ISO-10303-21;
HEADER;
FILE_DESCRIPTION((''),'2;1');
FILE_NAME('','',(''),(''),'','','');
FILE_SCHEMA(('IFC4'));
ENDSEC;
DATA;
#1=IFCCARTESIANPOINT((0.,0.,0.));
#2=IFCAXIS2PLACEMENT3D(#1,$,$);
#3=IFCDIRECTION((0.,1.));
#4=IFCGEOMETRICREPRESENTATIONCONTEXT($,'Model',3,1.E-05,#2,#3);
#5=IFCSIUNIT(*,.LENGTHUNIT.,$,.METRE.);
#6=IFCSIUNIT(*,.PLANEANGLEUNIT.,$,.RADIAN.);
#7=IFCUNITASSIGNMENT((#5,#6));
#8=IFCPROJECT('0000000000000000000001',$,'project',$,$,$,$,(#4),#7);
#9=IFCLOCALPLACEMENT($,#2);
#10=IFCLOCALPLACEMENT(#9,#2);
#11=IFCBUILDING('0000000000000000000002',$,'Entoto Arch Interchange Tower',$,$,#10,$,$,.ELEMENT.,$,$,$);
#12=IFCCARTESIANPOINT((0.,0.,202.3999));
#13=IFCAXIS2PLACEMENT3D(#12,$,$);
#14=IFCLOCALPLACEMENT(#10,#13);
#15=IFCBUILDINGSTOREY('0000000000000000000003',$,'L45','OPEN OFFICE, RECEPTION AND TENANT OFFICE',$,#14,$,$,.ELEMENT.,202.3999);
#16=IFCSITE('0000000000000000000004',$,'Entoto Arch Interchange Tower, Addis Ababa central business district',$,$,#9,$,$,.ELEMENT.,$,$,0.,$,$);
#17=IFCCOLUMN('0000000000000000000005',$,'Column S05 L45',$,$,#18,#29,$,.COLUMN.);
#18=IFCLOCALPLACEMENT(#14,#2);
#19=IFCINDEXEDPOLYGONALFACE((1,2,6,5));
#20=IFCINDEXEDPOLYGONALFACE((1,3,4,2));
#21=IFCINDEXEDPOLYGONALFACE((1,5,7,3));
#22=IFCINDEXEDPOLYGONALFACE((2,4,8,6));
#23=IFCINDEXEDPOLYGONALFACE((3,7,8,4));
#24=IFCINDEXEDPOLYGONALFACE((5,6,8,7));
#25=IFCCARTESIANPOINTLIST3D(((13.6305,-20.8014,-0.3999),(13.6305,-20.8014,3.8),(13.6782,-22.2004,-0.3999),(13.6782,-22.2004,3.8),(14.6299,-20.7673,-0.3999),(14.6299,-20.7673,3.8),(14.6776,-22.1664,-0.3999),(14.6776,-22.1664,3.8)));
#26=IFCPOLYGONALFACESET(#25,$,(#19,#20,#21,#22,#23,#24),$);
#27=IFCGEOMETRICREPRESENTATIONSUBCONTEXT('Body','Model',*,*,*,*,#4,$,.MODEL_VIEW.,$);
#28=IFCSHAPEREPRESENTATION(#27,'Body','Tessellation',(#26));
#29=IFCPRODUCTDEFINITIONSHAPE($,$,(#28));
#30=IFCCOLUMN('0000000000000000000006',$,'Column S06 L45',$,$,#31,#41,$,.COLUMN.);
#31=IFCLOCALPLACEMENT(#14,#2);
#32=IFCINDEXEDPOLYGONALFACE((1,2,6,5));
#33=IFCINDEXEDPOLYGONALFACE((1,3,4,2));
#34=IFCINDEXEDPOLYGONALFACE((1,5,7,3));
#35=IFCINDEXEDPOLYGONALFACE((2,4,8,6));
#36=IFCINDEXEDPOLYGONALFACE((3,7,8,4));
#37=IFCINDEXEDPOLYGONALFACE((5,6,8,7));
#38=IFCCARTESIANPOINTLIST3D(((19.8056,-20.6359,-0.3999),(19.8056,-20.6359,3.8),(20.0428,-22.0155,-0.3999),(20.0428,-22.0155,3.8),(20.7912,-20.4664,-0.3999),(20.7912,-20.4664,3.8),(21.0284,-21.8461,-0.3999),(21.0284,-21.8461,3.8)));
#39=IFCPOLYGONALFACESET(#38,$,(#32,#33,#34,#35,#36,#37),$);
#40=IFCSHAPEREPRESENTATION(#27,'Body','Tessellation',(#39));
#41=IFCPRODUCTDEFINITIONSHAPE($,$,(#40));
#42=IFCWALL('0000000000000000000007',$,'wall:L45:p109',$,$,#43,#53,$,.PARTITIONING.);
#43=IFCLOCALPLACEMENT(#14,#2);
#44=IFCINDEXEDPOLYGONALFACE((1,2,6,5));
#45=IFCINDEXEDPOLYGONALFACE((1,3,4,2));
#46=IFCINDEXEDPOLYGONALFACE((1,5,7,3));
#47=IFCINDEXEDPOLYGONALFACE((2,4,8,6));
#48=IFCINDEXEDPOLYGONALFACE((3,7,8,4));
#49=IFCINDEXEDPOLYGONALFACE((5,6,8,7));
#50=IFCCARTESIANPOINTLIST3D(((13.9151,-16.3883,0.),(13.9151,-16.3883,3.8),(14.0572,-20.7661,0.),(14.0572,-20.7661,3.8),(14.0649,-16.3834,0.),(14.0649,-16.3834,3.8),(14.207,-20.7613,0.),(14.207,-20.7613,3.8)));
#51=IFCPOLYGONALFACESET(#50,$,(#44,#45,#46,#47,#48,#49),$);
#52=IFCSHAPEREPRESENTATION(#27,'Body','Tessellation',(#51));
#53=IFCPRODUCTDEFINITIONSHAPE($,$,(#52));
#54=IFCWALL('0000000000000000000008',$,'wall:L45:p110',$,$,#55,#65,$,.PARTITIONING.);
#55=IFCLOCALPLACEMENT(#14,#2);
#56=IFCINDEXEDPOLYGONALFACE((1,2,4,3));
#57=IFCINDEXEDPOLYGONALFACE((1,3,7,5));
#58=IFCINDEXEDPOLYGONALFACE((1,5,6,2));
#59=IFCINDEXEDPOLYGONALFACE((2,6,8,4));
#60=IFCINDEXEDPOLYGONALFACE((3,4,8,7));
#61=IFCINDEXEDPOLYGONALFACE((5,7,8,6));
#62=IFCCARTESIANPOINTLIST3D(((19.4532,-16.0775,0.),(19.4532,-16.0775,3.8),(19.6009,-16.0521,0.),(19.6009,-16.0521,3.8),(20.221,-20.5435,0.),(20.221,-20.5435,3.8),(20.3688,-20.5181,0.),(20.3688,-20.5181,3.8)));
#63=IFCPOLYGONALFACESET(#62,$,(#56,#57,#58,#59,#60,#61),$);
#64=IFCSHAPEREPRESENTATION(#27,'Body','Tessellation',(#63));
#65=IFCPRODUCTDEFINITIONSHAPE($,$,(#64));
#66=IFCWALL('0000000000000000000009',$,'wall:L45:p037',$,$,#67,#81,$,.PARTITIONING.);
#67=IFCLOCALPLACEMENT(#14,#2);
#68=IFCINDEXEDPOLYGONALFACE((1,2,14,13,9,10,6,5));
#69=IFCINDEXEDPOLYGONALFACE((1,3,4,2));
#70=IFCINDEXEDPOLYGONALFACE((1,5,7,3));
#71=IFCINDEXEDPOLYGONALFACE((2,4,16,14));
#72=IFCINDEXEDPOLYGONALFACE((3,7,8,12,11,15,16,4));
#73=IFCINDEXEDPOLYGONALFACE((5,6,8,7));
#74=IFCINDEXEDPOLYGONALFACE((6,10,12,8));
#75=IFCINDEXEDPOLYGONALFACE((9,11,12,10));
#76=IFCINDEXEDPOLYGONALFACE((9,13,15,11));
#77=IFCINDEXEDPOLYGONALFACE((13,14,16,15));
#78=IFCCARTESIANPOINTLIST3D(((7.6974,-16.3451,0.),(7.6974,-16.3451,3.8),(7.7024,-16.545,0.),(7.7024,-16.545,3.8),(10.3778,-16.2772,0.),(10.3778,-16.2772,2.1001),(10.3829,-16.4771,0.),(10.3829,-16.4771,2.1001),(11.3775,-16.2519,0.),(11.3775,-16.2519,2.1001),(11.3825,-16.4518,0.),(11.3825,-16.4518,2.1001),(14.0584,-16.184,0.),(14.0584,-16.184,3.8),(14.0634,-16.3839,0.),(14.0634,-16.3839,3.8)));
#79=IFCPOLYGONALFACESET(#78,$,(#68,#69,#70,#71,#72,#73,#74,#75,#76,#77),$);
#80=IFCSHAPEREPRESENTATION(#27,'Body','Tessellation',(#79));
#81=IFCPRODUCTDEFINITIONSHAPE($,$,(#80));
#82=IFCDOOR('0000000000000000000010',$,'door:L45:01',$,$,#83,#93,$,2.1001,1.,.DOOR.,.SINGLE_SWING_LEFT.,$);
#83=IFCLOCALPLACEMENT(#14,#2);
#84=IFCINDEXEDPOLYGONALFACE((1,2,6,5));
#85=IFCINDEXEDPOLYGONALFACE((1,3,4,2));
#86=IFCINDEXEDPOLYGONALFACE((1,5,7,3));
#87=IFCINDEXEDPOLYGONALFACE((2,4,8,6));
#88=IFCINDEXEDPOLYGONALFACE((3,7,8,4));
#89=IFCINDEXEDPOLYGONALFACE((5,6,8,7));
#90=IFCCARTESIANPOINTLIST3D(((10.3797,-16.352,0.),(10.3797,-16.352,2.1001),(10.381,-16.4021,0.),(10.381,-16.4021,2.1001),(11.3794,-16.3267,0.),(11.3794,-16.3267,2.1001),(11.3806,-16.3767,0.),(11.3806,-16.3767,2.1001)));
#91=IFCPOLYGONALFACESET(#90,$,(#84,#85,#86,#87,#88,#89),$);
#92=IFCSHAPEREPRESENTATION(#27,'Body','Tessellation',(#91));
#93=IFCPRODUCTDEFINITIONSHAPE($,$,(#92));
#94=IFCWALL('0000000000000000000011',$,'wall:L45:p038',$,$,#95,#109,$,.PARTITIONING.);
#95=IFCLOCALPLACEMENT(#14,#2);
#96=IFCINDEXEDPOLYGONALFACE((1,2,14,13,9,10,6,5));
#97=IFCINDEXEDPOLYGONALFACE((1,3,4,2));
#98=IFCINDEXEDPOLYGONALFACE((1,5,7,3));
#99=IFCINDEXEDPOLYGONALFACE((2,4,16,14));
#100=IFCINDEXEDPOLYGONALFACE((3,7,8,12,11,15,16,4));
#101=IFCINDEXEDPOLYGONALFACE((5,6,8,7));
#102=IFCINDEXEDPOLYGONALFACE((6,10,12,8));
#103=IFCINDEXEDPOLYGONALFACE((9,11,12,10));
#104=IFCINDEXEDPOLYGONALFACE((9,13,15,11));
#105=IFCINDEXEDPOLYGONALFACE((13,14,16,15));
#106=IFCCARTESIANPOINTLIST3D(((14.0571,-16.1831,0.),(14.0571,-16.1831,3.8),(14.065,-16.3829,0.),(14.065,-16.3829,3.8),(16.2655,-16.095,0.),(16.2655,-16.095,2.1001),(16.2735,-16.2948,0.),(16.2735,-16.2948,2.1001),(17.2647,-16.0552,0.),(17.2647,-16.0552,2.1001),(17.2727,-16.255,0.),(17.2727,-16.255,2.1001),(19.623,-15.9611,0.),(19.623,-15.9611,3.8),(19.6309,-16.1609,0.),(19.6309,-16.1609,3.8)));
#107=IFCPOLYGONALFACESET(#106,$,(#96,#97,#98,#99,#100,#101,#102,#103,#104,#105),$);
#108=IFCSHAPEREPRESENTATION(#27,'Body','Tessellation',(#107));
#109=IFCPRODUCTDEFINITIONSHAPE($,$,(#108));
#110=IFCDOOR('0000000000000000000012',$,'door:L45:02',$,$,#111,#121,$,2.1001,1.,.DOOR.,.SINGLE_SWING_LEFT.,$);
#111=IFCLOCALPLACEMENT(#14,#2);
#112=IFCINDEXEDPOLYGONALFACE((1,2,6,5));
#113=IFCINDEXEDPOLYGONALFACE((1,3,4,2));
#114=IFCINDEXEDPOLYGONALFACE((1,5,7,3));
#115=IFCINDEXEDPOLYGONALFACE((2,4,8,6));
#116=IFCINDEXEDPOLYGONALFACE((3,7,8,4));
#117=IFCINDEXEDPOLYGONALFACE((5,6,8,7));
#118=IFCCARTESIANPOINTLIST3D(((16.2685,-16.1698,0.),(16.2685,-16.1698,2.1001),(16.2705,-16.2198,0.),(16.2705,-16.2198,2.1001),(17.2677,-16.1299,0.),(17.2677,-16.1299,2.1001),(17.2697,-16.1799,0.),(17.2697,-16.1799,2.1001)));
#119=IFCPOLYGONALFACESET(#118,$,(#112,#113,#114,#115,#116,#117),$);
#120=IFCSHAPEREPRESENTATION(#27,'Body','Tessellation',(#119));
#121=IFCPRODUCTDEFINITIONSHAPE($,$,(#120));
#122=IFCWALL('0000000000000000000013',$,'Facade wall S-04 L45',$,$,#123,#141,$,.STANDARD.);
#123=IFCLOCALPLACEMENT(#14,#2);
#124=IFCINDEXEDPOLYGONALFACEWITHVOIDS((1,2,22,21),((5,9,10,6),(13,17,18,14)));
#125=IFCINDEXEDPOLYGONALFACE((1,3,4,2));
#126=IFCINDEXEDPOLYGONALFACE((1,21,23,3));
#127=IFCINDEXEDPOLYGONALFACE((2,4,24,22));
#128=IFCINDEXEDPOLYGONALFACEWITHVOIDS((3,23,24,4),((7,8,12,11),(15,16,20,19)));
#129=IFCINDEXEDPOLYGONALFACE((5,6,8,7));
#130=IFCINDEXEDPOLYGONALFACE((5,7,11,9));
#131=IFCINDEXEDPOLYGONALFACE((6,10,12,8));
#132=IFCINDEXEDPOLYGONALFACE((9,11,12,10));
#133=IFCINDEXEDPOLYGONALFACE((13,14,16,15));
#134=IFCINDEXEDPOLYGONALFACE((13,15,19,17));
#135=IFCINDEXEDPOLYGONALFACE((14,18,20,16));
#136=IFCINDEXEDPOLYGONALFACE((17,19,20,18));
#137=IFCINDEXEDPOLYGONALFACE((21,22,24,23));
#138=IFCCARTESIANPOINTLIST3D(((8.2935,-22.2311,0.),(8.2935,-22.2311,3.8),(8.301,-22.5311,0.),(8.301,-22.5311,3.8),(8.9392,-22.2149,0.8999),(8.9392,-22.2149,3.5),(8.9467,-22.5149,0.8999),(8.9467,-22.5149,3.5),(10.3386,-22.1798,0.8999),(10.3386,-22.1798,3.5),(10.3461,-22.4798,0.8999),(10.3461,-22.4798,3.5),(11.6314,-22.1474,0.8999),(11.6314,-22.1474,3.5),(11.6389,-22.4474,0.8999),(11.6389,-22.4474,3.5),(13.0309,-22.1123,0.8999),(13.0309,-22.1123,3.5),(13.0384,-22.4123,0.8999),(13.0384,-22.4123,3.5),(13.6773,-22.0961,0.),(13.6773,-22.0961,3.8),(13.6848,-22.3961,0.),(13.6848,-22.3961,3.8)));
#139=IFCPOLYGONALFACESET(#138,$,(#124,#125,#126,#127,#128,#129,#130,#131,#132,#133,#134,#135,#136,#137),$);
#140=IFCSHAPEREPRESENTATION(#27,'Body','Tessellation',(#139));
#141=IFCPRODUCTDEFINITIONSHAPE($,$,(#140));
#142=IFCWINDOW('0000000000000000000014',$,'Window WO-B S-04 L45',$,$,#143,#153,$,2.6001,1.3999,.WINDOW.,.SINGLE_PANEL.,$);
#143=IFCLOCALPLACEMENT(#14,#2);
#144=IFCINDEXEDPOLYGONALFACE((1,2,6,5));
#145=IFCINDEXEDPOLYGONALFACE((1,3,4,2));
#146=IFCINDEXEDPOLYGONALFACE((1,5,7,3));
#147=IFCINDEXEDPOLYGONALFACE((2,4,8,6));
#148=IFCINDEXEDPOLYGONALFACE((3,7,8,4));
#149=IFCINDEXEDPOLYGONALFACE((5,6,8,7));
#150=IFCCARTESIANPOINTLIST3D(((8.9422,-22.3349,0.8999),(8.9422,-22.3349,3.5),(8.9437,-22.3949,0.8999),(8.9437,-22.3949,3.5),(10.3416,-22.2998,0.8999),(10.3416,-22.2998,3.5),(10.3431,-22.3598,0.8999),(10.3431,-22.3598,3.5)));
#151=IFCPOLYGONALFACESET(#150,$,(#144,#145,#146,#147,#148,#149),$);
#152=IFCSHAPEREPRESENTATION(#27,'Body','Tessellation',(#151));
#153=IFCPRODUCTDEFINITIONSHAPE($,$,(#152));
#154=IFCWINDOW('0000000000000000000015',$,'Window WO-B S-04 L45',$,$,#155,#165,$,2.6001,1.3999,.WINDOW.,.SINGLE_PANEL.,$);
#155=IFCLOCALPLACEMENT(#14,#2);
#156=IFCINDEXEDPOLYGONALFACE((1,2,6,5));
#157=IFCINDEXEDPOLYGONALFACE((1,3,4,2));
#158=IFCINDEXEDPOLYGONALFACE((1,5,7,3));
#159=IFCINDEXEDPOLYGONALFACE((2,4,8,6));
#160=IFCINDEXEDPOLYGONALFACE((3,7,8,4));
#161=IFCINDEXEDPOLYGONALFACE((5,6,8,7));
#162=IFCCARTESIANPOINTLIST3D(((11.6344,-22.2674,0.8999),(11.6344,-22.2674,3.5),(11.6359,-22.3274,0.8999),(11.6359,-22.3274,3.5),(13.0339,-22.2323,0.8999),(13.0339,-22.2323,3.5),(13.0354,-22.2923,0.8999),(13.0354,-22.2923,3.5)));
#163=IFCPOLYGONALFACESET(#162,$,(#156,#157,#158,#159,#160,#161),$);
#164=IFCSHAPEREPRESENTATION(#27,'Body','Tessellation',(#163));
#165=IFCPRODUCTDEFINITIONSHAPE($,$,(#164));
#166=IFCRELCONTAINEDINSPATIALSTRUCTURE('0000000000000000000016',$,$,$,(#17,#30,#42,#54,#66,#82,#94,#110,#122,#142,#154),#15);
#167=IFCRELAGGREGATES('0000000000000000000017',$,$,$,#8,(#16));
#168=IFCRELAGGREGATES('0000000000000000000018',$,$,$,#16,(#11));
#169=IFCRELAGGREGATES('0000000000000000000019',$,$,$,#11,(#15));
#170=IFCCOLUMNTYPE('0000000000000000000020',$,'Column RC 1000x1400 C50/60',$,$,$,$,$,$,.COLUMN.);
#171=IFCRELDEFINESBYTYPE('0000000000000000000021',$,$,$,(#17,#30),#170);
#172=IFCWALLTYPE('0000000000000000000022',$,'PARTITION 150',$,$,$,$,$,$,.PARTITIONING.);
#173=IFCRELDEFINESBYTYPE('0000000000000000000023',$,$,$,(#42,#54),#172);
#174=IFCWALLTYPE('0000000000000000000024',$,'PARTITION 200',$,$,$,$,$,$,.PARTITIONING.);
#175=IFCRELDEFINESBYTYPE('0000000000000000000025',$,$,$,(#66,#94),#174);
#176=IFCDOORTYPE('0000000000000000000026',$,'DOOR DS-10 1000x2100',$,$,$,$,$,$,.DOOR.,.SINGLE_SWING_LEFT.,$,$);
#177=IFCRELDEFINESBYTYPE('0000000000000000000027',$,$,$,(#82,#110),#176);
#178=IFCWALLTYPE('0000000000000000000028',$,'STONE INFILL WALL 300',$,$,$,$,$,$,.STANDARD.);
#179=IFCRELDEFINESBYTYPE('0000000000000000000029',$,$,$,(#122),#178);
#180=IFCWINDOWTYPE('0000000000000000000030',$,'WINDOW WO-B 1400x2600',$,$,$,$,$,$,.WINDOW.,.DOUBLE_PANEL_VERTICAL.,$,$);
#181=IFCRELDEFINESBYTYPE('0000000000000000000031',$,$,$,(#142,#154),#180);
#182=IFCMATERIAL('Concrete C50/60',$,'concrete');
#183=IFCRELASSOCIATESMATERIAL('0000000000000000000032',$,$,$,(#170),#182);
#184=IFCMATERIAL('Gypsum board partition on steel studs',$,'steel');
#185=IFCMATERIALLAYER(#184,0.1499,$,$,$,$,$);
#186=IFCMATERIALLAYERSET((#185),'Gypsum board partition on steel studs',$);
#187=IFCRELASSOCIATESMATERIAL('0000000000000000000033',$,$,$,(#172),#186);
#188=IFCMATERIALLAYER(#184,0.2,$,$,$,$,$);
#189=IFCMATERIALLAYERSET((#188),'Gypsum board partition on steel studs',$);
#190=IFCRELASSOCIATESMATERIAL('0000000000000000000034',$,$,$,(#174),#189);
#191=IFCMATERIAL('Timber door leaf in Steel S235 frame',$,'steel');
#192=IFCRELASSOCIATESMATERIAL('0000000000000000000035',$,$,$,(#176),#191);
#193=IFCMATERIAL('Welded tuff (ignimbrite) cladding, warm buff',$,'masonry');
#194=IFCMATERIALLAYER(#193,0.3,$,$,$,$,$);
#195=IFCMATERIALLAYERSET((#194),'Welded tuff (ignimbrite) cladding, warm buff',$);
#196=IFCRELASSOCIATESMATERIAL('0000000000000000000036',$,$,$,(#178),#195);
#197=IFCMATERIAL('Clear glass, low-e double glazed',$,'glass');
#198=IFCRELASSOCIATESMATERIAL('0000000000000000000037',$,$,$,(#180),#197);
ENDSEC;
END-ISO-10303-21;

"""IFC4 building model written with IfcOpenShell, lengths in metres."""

from ifc_helpers import new_model, si_unit, direction, frame, frame_2d, origin, origin_2d, place, context, subcontext, project, spatial, rectangle, extrude, material, layer, layer_set, material_profile, profile_set, type_object, element, fill, save


model = new_model("IFC4")

# Units and contexts
model_context = context("Model", 3, precision=1e-05, world=origin(), true_north=direction((0.0, 1.0)))
body_context = subcontext(model_context, "Body", "Model", "MODEL_VIEW")
ifc_project = project(units=[si_unit("LENGTHUNIT", "METRE"), si_unit("PLANEANGLEUNIT", "RADIAN")], contexts=[model_context])

# Site, building, storey
site_placement = place(None, origin())
site = spatial("IfcSite", under=ifc_project, at=site_placement, Name="Entoto Arch Interchange Tower, Addis Ababa central business district", CompositionType="ELEMENT", RefElevation=0.0)
building_placement = place(site_placement, origin())
building = spatial("IfcBuilding", under=site, at=building_placement, Name="Entoto Arch Interchange Tower", CompositionType="ELEMENT")
storey_placement = place(building_placement, frame((0.0, 0.0, 202.3999)))
storey = spatial("IfcBuildingStorey", under=building, at=storey_placement, Name="L45", Description="OPEN OFFICE, RECEPTION AND TENANT OFFICE", CompositionType="ELEMENT", Elevation=202.3999)

# Columns
ifc_material_1 = material(Name="Concrete C50/60", Category="concrete")
ifc_material_profile = material_profile(ifc_material_1, rectangle(XDim=1.0, YDim=1.3999, at=origin_2d()))
ifc_profile_set = profile_set([ifc_material_profile], Name="Concrete C50/60")
column_type = type_object("IfcColumnType", Name="Column RC 1000x1400 C50/60", PredefinedType="COLUMN", material=ifc_profile_set)
for number, where, z_axis, x_axis, name in (
    (1, (14.1541, -21.4839, -0.3999), (0.0, 0.0, 1.0), (0.999421, 0.034027, 0.0), "Column S05 L45"),
    (2, (20.417, -21.241, -0.3999), (0.0, 0.0, 1.0), (0.985541, 0.169436, 0.0), "Column S06 L45"),
):
    element("IfcColumn", number, at=place(storey_placement, frame(where, z_axis=z_axis, x_axis=x_axis)), inside=storey, type_object=column_type, Name=name, PredefinedType="COLUMN", context=body_context, shape_type="SweptSolid", body=[
        extrude(rectangle(XDim=1.0, YDim=1.3999, at=origin_2d()), origin(), (0.0, 0.0, 1.0), 4.2),
    ])

# Walls
ifc_material_2 = material(Name="Gypsum board partition on steel studs", Category="steel")
ifc_layer_1 = layer(ifc_material_2, 0.1499)
ifc_layer_set_1 = layer_set([ifc_layer_1], Name="Gypsum board partition on steel studs")
wall_type_1 = type_object("IfcWallType", Name="PARTITION 150", PredefinedType="PARTITIONING", material=ifc_layer_set_1)
wall_1_placement = place(storey_placement, frame((13.99, -16.386, 0.0), z_axis=(0.0, 0.0, 1.0), x_axis=(0.032439, -0.999474, 0.0)))
element("IfcWall", 3, at=wall_1_placement, inside=storey, type_object=wall_type_1, Name="wall:L45:p109", PredefinedType="PARTITIONING", context=body_context, shape_type="SweptSolid", body=[
    extrude(rectangle(XDim=4.3801, YDim=0.1499, at=frame_2d((2.1899, 0.0))), origin(), (0.0, 0.0, 1.0), 3.8),
])
wall_2_placement = place(storey_placement, frame((19.5271, -16.0649, 0.0), z_axis=(0.0, 0.0, 1.0), x_axis=(0.169438, -0.985541, 0.0)))
element("IfcWall", 4, at=wall_2_placement, inside=storey, type_object=wall_type_1, Name="wall:L45:p110", PredefinedType="PARTITIONING", context=body_context, shape_type="SweptSolid", body=[
    extrude(rectangle(XDim=4.5315, YDim=0.1499, at=frame_2d((2.2656, 0.0))), origin(), (0.0, 0.0, 1.0), 3.8),
])

# Walls, openings, doors
ifc_layer_2 = layer(ifc_material_2, 0.2)
ifc_layer_set_2 = layer_set([ifc_layer_2], Name="Gypsum board partition on steel studs")
wall_type_2 = type_object("IfcWallType", Name="PARTITION 200", PredefinedType="PARTITIONING", material=ifc_layer_set_2)
wall_3_placement = place(storey_placement, frame((14.061, -16.2839, 0.0), z_axis=(0.0, 0.0, 1.0), x_axis=(-0.999679, -0.025323, 0.0)))
wall_3 = element("IfcWall", 5, at=wall_3_placement, inside=storey, type_object=wall_type_2, Name="wall:L45:p037", PredefinedType="PARTITIONING", context=body_context, shape_type="SweptSolid", body=[
    extrude(rectangle(XDim=6.363, YDim=0.2, at=frame_2d((3.1816, 0.0))), origin(), (0.0, 0.0, 1.0), 3.8),
])
opening_1_placement = place(wall_3_placement, frame((2.6819, 0.0, 0.0)))
opening_1 = element("IfcOpeningElement", 6, at=opening_1_placement, cuts=wall_3, PredefinedType="OPENING", context=body_context, shape_type="SweptSolid", body=[
    extrude(rectangle(XDim=1.0, YDim=2.1001, at=frame_2d((0.5, 1.05))), frame((0.0, 0.1099, 0.0), z_axis=(0.0, -1.0, 0.0), x_axis=(1.0, 0.0, 0.0)), (0.0, 0.0, 1.0), 0.22),
])
ifc_material_3 = material(Name="Timber door leaf in Steel S235 frame", Category="steel")
door_type = type_object("IfcDoorType", Name="DOOR DS-10 1000x2100", OperationType="SINGLE_SWING_LEFT", PredefinedType="DOOR", material=ifc_material_3)
door_1_placement = place(opening_1_placement, origin())
door_1 = element("IfcDoor", 7, at=door_1_placement, inside=storey, type_object=door_type, Name="door:L45:01", OperationType="SINGLE_SWING_LEFT", OverallHeight=2.1001, OverallWidth=1.0, PredefinedType="DOOR", context=body_context, shape_type="SweptSolid", body=[
    extrude(rectangle(XDim=1.0, YDim=2.1001, at=frame_2d((0.5, 1.05))), frame((0.0, 0.0249, 0.0), z_axis=(0.0, -1.0, 0.0), x_axis=(1.0, 0.0, 0.0)), (0.0, 0.0, 1.0), 0.05),
])
fill(opening_1, door_1)
wall_4_placement = place(storey_placement, frame((19.627, -16.061, 0.0), z_axis=(0.0, 0.0, 1.0), x_axis=(-0.999206, -0.03984, 0.0)))
wall_4 = element("IfcWall", 8, at=wall_4_placement, inside=storey, type_object=wall_type_2, Name="wall:L45:p038", PredefinedType="PARTITIONING", context=body_context, shape_type="SweptSolid", body=[
    extrude(rectangle(XDim=5.5703, YDim=0.2, at=frame_2d((2.7852, 0.0))), origin(), (0.0, 0.0, 1.0), 3.8),
])
opening_2_placement = place(wall_4_placement, frame((2.3601, 0.0, 0.0)))
opening_2 = element("IfcOpeningElement", 9, at=opening_2_placement, cuts=wall_4, PredefinedType="OPENING", context=body_context, shape_type="SweptSolid", body=[
    extrude(rectangle(XDim=1.0, YDim=2.1001, at=frame_2d((0.5, 1.05))), frame((0.0, 0.1099, 0.0), z_axis=(0.0, -1.0, 0.0), x_axis=(1.0, 0.0, 0.0)), (0.0, 0.0, 1.0), 0.22),
])
door_2_placement = place(opening_2_placement, origin())
door_2 = element("IfcDoor", 10, at=door_2_placement, inside=storey, type_object=door_type, Name="door:L45:02", OperationType="SINGLE_SWING_LEFT", OverallHeight=2.1001, OverallWidth=1.0, PredefinedType="DOOR", context=body_context, shape_type="SweptSolid", body=[
    extrude(rectangle(XDim=1.0, YDim=2.1001, at=frame_2d((0.5, 1.05))), frame((0.0, 0.0249, 0.0), z_axis=(0.0, -1.0, 0.0), x_axis=(1.0, 0.0, 0.0)), (0.0, 0.0, 1.0), 0.05),
])
fill(opening_2, door_2)

# Wall, openings, windows
ifc_material_4 = material(Name="Welded tuff (ignimbrite) cladding, warm buff", Category="masonry")
ifc_layer_3 = layer(ifc_material_4, 0.3)
ifc_layer_set_3 = layer_set([ifc_layer_3], Name="Welded tuff (ignimbrite) cladding, warm buff")
wall_type_3 = type_object("IfcWallType", Name="STONE INFILL WALL 300", PredefinedType="STANDARD", material=ifc_layer_set_3)
wall_5_placement = place(storey_placement, frame((8.2971, -22.3811, 0.0), z_axis=(0.0, 0.0, 1.0), x_axis=(0.999686, 0.025069, 0.0)))
wall_5 = element("IfcWall", 11, at=wall_5_placement, inside=storey, type_object=wall_type_3, Name="Facade wall S-04 L45", PredefinedType="STANDARD", context=body_context, shape_type="SweptSolid", body=[
    extrude(rectangle(XDim=5.3855, YDim=0.3, at=frame_2d((2.6929, 0.0))), origin(), (0.0, 0.0, 1.0), 3.8),
])
opening_3_placement = place(wall_5_placement, frame((0.646, 0.0, 0.8999)))
opening_3 = element("IfcOpeningElement", 12, at=opening_3_placement, cuts=wall_5, PredefinedType="OPENING", context=body_context, shape_type="SweptSolid", body=[
    extrude(rectangle(XDim=1.3999, YDim=2.6001, at=frame_2d((0.7, 1.3))), frame((0.0, 0.1602, 0.0), z_axis=(0.0, -1.0, 0.0), x_axis=(1.0, 0.0, 0.0)), (0.0, 0.0, 1.0), 0.3201),
])
opening_4_placement = place(wall_5_placement, frame((3.3391, 0.0, 0.8999)))
opening_4 = element("IfcOpeningElement", 13, at=opening_4_placement, cuts=wall_5, PredefinedType="OPENING", context=body_context, shape_type="SweptSolid", body=[
    extrude(rectangle(XDim=1.3999, YDim=2.6001, at=frame_2d((0.7, 1.3))), frame((0.0, 0.1602, 0.0), z_axis=(0.0, -1.0, 0.0), x_axis=(1.0, 0.0, 0.0)), (0.0, 0.0, 1.0), 0.3201),
])
ifc_material_5 = material(Name="Clear glass, low-e double glazed", Category="glass")
window_type = type_object("IfcWindowType", Name="WINDOW WO-B 1400x2600", PartitioningType="DOUBLE_PANEL_VERTICAL", PredefinedType="WINDOW", material=ifc_material_5)
window_1_placement = place(opening_3_placement, origin())
window_1 = element("IfcWindow", 14, at=window_1_placement, inside=storey, type_object=window_type, Name="Window WO-B S-04 L45", OverallHeight=2.6001, OverallWidth=1.3999, PartitioningType="SINGLE_PANEL", PredefinedType="WINDOW", context=body_context, shape_type="SweptSolid", body=[
    extrude(rectangle(XDim=1.3999, YDim=2.6001, at=frame_2d((0.7, 1.3))), frame((0.0, 0.03, 0.0), z_axis=(0.0, -1.0, 0.0), x_axis=(1.0, 0.0, 0.0)), (0.0, 0.0, 1.0), 0.0601),
])
fill(opening_3, window_1)
window_2_placement = place(opening_4_placement, origin())
window_2 = element("IfcWindow", 15, at=window_2_placement, inside=storey, type_object=window_type, Name="Window WO-B S-04 L45", OverallHeight=2.6001, OverallWidth=1.3999, PartitioningType="SINGLE_PANEL", PredefinedType="WINDOW", context=body_context, shape_type="SweptSolid", body=[
    extrude(rectangle(XDim=1.3999, YDim=2.6001, at=frame_2d((0.7, 1.3))), frame((0.0, 0.03, 0.0), z_axis=(0.0, -1.0, 0.0), x_axis=(1.0, 0.0, 0.0)), (0.0, 0.0, 1.0), 0.0601),
])
fill(opening_4, window_2)

save(model, "model.ifc")
